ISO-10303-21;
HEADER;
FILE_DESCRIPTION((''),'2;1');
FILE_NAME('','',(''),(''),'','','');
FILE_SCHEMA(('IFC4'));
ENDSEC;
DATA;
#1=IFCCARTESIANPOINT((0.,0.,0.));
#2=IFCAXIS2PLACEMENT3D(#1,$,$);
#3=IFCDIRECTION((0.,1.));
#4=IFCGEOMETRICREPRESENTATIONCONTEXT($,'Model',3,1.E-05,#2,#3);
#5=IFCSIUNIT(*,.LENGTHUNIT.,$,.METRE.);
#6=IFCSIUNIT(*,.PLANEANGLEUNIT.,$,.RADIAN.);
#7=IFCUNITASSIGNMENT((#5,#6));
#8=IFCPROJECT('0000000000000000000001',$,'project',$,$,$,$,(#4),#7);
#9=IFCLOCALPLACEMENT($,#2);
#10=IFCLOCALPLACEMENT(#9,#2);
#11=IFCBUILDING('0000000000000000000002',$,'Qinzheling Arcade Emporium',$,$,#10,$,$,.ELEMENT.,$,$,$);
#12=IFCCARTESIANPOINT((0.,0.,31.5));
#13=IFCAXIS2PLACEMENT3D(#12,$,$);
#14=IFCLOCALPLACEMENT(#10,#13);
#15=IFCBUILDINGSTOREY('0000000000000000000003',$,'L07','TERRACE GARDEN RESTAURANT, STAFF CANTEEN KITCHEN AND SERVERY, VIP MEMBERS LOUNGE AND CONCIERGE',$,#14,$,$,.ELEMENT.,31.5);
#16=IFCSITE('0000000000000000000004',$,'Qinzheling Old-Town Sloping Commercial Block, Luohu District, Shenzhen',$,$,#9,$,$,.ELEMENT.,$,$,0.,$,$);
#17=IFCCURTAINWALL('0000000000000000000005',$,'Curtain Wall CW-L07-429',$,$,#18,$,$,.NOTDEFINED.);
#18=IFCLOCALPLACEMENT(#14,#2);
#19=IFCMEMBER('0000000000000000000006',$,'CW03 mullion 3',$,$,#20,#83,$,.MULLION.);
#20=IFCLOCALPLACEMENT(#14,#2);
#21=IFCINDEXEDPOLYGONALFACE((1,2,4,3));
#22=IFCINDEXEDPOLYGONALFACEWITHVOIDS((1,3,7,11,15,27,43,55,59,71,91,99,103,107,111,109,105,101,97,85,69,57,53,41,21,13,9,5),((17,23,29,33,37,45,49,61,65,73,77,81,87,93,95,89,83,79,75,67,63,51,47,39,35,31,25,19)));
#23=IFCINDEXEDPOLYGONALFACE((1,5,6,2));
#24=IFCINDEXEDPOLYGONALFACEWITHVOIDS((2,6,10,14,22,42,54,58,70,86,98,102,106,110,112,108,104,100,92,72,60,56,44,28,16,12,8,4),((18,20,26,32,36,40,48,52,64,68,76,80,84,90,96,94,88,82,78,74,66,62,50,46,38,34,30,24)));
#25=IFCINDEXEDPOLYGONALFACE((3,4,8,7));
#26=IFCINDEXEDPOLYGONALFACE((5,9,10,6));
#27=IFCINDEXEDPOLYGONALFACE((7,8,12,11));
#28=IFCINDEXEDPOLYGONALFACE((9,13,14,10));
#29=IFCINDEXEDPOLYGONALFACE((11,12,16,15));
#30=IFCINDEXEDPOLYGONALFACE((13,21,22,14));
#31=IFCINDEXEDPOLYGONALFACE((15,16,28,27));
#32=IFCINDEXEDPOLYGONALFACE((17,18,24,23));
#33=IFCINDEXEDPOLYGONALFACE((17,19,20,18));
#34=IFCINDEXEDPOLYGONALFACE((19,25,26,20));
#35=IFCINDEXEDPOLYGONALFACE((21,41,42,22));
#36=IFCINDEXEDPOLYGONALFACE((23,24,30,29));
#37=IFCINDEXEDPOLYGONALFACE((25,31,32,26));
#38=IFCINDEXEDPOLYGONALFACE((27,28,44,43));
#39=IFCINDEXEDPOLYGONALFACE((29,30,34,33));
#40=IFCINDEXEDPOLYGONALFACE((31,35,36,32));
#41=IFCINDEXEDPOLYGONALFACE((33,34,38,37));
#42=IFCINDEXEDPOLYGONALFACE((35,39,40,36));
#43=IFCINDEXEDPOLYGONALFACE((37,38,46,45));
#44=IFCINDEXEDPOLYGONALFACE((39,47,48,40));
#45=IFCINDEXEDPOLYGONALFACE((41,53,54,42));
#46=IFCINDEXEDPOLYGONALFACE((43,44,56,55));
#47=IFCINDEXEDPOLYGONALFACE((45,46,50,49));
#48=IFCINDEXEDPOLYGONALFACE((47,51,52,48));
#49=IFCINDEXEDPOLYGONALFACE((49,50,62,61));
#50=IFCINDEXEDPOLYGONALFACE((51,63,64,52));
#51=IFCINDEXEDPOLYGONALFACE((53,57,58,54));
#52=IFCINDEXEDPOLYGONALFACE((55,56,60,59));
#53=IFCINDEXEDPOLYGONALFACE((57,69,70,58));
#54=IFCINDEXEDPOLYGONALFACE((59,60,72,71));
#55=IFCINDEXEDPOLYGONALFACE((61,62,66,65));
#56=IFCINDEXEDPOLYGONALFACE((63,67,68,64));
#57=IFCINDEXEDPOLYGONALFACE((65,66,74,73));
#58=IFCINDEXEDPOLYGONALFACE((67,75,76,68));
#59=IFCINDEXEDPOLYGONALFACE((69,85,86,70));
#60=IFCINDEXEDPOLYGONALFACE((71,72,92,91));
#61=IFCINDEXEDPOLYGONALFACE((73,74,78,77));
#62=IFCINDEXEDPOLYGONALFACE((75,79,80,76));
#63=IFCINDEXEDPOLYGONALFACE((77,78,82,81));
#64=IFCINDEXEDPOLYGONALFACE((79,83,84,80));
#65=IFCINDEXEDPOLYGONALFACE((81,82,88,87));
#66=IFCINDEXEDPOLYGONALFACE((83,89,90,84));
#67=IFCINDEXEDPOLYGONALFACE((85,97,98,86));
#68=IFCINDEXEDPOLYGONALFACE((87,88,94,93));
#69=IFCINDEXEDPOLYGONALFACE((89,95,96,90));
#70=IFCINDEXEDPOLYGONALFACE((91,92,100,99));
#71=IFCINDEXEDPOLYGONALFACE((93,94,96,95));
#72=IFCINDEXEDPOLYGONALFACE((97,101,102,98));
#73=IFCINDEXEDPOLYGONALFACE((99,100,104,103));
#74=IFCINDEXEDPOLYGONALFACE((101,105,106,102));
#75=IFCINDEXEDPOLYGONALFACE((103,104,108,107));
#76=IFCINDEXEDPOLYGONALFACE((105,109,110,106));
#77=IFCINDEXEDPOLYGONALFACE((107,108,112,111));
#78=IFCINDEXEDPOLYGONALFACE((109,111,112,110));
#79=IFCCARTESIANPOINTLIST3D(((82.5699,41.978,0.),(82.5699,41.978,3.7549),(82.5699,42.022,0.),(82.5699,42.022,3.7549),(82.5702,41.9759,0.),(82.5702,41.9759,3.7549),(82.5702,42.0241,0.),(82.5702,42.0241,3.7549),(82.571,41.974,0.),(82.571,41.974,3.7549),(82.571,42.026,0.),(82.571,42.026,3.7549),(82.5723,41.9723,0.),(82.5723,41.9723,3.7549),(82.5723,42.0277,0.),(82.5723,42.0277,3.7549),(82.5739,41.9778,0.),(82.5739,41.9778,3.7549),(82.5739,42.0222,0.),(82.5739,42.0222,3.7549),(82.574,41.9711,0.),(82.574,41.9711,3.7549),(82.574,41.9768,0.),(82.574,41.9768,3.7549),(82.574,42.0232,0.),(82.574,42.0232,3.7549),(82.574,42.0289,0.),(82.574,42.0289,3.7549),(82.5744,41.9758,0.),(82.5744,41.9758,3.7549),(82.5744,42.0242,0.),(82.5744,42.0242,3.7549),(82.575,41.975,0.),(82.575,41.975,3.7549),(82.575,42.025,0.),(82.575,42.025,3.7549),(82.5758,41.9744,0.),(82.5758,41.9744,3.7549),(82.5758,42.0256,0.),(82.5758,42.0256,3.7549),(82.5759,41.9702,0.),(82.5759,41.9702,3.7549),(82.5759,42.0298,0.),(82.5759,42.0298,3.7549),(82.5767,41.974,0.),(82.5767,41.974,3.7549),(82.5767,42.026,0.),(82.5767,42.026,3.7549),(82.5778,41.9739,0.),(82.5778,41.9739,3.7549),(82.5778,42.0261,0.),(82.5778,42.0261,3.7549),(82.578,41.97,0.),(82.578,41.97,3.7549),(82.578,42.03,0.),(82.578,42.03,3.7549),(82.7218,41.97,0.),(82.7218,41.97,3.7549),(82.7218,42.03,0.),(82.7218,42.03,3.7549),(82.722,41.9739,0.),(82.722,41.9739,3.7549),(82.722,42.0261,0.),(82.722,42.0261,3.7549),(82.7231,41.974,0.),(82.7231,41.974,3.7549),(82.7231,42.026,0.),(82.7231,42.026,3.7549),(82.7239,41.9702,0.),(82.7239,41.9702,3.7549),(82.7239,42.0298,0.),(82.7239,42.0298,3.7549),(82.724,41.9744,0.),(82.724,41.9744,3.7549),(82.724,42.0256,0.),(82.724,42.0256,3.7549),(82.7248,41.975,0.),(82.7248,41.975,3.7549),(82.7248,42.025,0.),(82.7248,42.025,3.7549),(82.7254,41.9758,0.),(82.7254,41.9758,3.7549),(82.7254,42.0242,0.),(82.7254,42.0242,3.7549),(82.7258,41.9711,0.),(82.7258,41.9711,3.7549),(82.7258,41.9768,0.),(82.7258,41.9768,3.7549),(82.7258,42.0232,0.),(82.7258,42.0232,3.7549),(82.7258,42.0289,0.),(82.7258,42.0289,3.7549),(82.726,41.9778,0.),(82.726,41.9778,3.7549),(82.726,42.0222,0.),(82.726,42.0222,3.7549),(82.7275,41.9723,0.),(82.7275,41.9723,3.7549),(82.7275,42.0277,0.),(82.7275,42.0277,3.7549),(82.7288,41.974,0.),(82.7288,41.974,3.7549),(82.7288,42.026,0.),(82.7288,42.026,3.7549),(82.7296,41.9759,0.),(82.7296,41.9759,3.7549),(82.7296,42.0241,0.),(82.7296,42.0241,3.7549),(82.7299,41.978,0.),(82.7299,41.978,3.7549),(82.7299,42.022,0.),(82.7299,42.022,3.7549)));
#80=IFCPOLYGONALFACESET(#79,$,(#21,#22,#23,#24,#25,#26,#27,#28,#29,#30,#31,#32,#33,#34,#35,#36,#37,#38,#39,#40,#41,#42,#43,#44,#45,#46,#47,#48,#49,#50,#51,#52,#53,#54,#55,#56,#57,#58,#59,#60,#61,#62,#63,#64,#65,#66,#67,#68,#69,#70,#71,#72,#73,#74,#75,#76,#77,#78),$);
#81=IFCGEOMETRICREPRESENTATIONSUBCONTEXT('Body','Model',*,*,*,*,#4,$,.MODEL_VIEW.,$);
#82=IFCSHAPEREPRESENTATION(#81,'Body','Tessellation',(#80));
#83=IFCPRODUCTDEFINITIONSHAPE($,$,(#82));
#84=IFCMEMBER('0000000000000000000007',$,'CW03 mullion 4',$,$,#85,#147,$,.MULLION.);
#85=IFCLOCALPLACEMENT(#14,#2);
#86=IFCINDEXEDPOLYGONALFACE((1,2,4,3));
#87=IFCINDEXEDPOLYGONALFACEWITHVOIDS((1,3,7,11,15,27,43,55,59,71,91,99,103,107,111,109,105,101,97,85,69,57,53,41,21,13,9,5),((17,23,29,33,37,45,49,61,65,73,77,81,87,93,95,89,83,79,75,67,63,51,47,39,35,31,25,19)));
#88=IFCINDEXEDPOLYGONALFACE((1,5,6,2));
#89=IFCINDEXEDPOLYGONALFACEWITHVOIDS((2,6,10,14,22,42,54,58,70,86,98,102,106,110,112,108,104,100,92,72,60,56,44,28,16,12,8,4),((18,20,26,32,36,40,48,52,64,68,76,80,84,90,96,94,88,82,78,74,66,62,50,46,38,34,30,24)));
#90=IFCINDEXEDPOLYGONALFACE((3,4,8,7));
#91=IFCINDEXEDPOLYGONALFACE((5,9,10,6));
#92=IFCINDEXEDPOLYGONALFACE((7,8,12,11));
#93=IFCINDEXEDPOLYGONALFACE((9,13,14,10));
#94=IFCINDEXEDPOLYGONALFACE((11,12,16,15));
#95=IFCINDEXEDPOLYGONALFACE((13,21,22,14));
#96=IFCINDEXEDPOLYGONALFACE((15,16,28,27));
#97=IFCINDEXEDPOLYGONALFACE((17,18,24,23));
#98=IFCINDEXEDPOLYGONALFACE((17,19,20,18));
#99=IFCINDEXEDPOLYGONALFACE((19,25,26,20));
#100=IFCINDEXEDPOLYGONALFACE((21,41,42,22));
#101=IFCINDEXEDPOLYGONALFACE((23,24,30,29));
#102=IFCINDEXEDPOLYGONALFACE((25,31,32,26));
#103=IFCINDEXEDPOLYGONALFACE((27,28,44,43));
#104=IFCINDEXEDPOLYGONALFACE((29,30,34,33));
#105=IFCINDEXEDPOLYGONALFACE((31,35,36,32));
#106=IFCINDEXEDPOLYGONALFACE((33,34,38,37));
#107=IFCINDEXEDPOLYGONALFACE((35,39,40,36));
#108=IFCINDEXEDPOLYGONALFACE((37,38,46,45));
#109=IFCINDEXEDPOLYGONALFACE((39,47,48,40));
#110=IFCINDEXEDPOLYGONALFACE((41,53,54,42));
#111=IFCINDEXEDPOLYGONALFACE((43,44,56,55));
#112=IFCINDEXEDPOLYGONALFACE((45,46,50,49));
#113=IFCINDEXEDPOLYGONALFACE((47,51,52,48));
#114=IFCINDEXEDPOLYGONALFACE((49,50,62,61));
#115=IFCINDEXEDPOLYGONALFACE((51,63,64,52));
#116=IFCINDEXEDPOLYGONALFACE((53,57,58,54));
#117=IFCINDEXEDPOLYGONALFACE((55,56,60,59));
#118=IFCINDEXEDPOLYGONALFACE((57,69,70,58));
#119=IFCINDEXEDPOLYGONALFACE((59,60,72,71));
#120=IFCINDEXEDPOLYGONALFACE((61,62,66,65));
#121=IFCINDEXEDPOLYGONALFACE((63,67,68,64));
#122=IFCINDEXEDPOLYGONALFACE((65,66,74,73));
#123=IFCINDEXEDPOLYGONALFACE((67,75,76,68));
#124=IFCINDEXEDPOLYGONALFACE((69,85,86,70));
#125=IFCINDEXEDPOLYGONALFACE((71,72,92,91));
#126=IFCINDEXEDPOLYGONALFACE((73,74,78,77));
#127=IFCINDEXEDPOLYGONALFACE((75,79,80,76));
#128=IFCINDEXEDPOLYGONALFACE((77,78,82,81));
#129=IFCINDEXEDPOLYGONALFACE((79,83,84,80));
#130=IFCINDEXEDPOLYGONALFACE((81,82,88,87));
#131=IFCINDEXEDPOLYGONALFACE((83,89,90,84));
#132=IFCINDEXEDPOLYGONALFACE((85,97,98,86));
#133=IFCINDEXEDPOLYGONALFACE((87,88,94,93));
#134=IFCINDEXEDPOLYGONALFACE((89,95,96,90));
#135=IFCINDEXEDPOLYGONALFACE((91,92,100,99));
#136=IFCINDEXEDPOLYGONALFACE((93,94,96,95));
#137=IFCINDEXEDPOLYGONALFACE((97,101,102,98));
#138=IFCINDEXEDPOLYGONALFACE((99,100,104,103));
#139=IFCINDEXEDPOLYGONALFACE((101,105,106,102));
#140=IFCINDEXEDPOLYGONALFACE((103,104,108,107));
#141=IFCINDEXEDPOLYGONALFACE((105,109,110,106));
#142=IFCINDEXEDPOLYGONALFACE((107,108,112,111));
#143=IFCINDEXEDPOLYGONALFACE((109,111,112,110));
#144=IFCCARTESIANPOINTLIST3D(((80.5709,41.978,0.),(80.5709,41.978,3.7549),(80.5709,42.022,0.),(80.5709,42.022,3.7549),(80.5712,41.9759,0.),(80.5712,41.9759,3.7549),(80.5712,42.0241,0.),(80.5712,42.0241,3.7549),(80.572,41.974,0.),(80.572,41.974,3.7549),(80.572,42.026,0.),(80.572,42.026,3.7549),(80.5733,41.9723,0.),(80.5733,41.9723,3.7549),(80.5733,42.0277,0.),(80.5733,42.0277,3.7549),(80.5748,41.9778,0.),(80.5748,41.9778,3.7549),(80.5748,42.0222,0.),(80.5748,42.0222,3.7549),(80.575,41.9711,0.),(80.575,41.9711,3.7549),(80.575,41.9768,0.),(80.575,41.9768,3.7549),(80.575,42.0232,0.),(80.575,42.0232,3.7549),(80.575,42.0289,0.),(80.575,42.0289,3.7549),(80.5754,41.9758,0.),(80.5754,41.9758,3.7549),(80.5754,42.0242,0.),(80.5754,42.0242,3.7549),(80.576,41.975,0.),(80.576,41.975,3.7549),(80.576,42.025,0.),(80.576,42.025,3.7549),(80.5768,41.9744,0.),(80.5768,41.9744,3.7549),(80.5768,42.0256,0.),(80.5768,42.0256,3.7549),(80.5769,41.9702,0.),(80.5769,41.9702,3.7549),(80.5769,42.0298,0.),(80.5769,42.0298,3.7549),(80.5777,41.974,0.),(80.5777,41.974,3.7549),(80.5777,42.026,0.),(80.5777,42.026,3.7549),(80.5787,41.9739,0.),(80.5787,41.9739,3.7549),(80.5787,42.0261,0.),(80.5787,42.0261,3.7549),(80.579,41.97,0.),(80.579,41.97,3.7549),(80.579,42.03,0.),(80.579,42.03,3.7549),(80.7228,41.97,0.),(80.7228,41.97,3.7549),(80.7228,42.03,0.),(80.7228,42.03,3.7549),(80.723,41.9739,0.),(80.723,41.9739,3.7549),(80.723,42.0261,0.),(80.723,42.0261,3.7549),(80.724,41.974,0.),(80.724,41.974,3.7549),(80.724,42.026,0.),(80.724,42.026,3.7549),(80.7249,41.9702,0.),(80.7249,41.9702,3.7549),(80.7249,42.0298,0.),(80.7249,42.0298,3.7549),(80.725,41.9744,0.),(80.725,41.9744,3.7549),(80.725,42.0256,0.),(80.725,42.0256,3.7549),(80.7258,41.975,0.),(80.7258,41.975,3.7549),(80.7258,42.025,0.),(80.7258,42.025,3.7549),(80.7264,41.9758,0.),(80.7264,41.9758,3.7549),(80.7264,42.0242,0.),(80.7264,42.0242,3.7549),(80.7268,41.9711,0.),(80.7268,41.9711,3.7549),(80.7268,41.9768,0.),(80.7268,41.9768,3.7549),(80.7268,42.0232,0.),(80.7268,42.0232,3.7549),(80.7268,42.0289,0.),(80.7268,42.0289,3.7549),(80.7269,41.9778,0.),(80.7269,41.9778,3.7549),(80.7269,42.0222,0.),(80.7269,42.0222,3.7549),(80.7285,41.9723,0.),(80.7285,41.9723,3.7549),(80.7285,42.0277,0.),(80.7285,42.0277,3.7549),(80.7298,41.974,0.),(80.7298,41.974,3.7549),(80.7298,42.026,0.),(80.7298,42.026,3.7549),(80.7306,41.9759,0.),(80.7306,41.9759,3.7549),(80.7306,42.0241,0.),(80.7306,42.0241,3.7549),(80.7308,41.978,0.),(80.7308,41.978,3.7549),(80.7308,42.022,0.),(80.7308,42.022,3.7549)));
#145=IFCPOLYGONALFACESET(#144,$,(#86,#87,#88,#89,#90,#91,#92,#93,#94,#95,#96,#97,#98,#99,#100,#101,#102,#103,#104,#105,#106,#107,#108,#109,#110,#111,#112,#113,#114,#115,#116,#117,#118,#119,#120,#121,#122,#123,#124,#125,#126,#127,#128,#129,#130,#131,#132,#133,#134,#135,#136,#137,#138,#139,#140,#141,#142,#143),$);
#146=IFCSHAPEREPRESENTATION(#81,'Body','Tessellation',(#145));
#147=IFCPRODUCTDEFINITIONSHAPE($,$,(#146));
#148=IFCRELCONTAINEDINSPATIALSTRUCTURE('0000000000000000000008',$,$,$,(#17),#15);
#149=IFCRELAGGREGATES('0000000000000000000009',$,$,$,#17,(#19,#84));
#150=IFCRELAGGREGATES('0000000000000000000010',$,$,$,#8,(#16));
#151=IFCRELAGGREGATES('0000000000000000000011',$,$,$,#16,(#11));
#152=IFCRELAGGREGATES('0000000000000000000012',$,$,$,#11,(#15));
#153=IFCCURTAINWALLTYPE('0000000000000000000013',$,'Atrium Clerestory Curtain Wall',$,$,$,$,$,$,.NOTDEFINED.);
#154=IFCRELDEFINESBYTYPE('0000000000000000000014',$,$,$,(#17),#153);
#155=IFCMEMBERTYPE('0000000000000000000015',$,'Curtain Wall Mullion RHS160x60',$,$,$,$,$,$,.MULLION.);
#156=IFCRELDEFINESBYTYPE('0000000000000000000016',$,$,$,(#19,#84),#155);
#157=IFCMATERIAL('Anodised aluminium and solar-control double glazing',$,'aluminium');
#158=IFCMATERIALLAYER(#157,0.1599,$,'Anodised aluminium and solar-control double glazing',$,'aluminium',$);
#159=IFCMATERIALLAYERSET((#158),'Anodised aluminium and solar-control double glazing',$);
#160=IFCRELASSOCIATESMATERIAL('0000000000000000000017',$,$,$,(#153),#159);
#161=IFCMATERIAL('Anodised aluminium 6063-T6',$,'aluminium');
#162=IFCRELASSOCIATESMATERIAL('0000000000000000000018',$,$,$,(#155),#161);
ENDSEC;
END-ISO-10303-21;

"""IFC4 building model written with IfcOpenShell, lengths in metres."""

from ifc_helpers import new_model, si_unit, direction, frame, origin, origin_2d, place, context, subcontext, project, spatial, hollow_rectangle, extrude, material, layer, layer_set, material_profile, profile_set, type_object, element, aggregate, save


model = new_model("IFC4")

# Units and contexts
model_context = context("Model", 3, precision=1e-05, world=origin(), true_north=direction((0.0, 1.0)))
body_context = subcontext(model_context, "Body", "Model", "MODEL_VIEW")
ifc_project = project(units=[si_unit("LENGTHUNIT", "METRE"), si_unit("PLANEANGLEUNIT", "RADIAN")], contexts=[model_context])

# Site, building, storey
site_placement = place(None, origin())
site = spatial("IfcSite", under=ifc_project, at=site_placement, Name="Qinzheling Old-Town Sloping Commercial Block, Luohu District, Shenzhen", CompositionType="ELEMENT", RefElevation=0.0)
building_placement = place(site_placement, origin())
building = spatial("IfcBuilding", under=site, at=building_placement, Name="Qinzheling Arcade Emporium", CompositionType="ELEMENT")
storey_placement = place(building_placement, frame((0.0, 0.0, 31.5)))
storey = spatial("IfcBuildingStorey", under=building, at=storey_placement, Name="L07", Description="TERRACE GARDEN RESTAURANT, STAFF CANTEEN KITCHEN AND SERVERY, VIP MEMBERS LOUNGE AND CONCIERGE", CompositionType="ELEMENT", Elevation=31.5)

# Curtain wall, members
ifc_material_1 = material(Name="Anodised aluminium and solar-control double glazing", Category="aluminium")
ifc_layer_1 = layer(ifc_material_1, 0.1599, Name="Anodised aluminium and solar-control double glazing", Category="aluminium")
ifc_layer_set_1 = layer_set([ifc_layer_1], Name="Anodised aluminium and solar-control double glazing")
curtain_wall_type = type_object("IfcCurtainWallType", Name="Atrium Clerestory Curtain Wall", PredefinedType="NOTDEFINED", material=ifc_layer_set_1)
curtain_wall_placement = place(storey_placement, origin())
curtain_wall = element("IfcCurtainWall", 1, at=curtain_wall_placement, inside=storey, type_object=curtain_wall_type, Name="Curtain Wall CW-L07-429", PredefinedType="NOTDEFINED")
ifc_material_2 = material(Name="Anodised aluminium 6063-T6", Category="aluminium")
ifc_material_profile_1 = material_profile(ifc_material_2, hollow_rectangle(XDim=0.0601, YDim=0.1599, WallThickness=0.0039, InnerFilletRadius=0.0039, OuterFilletRadius=0.0081, at=origin_2d()), Name="RHS 160x60x4", Category="aluminium")
ifc_profile_set_1 = profile_set([ifc_material_profile_1], Name="Anodised aluminium 6063-T6")
member_type_1 = type_object("IfcMemberType", Name="Curtain Wall Mullion RHS160x60", PredefinedType="MULLION", material=ifc_profile_set_1)
member_1_placement = place(storey_placement, frame((82.6499, 42.0, 0.0), z_axis=(0.0, 0.0, 1.0), x_axis=(0.0, -1.0, 0.0)))
member_1 = element("IfcMember", 2, at=member_1_placement, type_object=member_type_1, Name="CW03 mullion 3", PredefinedType="MULLION", context=body_context, shape_type="SweptSolid", body=[
    extrude(hollow_rectangle(XDim=0.0601, YDim=0.1599, WallThickness=0.0039, InnerFilletRadius=0.0039, OuterFilletRadius=0.0081, at=origin_2d()), origin(), (0.0, 0.0, 1.0), 3.7549),
])
member_2_placement = place(storey_placement, frame((80.6509, 42.0, 0.0), z_axis=(0.0, 0.0, 1.0), x_axis=(0.0, -1.0, 0.0)))
member_2 = element("IfcMember", 3, at=member_2_placement, type_object=member_type_1, Name="CW03 mullion 4", PredefinedType="MULLION", context=body_context, shape_type="SweptSolid", body=[
    extrude(hollow_rectangle(XDim=0.0601, YDim=0.1599, WallThickness=0.0039, InnerFilletRadius=0.0039, OuterFilletRadius=0.0081, at=origin_2d()), origin(), (0.0, 0.0, 1.0), 3.7549),
])
aggregate(curtain_wall, [member_1, member_2])

save(model, "model.ifc")
